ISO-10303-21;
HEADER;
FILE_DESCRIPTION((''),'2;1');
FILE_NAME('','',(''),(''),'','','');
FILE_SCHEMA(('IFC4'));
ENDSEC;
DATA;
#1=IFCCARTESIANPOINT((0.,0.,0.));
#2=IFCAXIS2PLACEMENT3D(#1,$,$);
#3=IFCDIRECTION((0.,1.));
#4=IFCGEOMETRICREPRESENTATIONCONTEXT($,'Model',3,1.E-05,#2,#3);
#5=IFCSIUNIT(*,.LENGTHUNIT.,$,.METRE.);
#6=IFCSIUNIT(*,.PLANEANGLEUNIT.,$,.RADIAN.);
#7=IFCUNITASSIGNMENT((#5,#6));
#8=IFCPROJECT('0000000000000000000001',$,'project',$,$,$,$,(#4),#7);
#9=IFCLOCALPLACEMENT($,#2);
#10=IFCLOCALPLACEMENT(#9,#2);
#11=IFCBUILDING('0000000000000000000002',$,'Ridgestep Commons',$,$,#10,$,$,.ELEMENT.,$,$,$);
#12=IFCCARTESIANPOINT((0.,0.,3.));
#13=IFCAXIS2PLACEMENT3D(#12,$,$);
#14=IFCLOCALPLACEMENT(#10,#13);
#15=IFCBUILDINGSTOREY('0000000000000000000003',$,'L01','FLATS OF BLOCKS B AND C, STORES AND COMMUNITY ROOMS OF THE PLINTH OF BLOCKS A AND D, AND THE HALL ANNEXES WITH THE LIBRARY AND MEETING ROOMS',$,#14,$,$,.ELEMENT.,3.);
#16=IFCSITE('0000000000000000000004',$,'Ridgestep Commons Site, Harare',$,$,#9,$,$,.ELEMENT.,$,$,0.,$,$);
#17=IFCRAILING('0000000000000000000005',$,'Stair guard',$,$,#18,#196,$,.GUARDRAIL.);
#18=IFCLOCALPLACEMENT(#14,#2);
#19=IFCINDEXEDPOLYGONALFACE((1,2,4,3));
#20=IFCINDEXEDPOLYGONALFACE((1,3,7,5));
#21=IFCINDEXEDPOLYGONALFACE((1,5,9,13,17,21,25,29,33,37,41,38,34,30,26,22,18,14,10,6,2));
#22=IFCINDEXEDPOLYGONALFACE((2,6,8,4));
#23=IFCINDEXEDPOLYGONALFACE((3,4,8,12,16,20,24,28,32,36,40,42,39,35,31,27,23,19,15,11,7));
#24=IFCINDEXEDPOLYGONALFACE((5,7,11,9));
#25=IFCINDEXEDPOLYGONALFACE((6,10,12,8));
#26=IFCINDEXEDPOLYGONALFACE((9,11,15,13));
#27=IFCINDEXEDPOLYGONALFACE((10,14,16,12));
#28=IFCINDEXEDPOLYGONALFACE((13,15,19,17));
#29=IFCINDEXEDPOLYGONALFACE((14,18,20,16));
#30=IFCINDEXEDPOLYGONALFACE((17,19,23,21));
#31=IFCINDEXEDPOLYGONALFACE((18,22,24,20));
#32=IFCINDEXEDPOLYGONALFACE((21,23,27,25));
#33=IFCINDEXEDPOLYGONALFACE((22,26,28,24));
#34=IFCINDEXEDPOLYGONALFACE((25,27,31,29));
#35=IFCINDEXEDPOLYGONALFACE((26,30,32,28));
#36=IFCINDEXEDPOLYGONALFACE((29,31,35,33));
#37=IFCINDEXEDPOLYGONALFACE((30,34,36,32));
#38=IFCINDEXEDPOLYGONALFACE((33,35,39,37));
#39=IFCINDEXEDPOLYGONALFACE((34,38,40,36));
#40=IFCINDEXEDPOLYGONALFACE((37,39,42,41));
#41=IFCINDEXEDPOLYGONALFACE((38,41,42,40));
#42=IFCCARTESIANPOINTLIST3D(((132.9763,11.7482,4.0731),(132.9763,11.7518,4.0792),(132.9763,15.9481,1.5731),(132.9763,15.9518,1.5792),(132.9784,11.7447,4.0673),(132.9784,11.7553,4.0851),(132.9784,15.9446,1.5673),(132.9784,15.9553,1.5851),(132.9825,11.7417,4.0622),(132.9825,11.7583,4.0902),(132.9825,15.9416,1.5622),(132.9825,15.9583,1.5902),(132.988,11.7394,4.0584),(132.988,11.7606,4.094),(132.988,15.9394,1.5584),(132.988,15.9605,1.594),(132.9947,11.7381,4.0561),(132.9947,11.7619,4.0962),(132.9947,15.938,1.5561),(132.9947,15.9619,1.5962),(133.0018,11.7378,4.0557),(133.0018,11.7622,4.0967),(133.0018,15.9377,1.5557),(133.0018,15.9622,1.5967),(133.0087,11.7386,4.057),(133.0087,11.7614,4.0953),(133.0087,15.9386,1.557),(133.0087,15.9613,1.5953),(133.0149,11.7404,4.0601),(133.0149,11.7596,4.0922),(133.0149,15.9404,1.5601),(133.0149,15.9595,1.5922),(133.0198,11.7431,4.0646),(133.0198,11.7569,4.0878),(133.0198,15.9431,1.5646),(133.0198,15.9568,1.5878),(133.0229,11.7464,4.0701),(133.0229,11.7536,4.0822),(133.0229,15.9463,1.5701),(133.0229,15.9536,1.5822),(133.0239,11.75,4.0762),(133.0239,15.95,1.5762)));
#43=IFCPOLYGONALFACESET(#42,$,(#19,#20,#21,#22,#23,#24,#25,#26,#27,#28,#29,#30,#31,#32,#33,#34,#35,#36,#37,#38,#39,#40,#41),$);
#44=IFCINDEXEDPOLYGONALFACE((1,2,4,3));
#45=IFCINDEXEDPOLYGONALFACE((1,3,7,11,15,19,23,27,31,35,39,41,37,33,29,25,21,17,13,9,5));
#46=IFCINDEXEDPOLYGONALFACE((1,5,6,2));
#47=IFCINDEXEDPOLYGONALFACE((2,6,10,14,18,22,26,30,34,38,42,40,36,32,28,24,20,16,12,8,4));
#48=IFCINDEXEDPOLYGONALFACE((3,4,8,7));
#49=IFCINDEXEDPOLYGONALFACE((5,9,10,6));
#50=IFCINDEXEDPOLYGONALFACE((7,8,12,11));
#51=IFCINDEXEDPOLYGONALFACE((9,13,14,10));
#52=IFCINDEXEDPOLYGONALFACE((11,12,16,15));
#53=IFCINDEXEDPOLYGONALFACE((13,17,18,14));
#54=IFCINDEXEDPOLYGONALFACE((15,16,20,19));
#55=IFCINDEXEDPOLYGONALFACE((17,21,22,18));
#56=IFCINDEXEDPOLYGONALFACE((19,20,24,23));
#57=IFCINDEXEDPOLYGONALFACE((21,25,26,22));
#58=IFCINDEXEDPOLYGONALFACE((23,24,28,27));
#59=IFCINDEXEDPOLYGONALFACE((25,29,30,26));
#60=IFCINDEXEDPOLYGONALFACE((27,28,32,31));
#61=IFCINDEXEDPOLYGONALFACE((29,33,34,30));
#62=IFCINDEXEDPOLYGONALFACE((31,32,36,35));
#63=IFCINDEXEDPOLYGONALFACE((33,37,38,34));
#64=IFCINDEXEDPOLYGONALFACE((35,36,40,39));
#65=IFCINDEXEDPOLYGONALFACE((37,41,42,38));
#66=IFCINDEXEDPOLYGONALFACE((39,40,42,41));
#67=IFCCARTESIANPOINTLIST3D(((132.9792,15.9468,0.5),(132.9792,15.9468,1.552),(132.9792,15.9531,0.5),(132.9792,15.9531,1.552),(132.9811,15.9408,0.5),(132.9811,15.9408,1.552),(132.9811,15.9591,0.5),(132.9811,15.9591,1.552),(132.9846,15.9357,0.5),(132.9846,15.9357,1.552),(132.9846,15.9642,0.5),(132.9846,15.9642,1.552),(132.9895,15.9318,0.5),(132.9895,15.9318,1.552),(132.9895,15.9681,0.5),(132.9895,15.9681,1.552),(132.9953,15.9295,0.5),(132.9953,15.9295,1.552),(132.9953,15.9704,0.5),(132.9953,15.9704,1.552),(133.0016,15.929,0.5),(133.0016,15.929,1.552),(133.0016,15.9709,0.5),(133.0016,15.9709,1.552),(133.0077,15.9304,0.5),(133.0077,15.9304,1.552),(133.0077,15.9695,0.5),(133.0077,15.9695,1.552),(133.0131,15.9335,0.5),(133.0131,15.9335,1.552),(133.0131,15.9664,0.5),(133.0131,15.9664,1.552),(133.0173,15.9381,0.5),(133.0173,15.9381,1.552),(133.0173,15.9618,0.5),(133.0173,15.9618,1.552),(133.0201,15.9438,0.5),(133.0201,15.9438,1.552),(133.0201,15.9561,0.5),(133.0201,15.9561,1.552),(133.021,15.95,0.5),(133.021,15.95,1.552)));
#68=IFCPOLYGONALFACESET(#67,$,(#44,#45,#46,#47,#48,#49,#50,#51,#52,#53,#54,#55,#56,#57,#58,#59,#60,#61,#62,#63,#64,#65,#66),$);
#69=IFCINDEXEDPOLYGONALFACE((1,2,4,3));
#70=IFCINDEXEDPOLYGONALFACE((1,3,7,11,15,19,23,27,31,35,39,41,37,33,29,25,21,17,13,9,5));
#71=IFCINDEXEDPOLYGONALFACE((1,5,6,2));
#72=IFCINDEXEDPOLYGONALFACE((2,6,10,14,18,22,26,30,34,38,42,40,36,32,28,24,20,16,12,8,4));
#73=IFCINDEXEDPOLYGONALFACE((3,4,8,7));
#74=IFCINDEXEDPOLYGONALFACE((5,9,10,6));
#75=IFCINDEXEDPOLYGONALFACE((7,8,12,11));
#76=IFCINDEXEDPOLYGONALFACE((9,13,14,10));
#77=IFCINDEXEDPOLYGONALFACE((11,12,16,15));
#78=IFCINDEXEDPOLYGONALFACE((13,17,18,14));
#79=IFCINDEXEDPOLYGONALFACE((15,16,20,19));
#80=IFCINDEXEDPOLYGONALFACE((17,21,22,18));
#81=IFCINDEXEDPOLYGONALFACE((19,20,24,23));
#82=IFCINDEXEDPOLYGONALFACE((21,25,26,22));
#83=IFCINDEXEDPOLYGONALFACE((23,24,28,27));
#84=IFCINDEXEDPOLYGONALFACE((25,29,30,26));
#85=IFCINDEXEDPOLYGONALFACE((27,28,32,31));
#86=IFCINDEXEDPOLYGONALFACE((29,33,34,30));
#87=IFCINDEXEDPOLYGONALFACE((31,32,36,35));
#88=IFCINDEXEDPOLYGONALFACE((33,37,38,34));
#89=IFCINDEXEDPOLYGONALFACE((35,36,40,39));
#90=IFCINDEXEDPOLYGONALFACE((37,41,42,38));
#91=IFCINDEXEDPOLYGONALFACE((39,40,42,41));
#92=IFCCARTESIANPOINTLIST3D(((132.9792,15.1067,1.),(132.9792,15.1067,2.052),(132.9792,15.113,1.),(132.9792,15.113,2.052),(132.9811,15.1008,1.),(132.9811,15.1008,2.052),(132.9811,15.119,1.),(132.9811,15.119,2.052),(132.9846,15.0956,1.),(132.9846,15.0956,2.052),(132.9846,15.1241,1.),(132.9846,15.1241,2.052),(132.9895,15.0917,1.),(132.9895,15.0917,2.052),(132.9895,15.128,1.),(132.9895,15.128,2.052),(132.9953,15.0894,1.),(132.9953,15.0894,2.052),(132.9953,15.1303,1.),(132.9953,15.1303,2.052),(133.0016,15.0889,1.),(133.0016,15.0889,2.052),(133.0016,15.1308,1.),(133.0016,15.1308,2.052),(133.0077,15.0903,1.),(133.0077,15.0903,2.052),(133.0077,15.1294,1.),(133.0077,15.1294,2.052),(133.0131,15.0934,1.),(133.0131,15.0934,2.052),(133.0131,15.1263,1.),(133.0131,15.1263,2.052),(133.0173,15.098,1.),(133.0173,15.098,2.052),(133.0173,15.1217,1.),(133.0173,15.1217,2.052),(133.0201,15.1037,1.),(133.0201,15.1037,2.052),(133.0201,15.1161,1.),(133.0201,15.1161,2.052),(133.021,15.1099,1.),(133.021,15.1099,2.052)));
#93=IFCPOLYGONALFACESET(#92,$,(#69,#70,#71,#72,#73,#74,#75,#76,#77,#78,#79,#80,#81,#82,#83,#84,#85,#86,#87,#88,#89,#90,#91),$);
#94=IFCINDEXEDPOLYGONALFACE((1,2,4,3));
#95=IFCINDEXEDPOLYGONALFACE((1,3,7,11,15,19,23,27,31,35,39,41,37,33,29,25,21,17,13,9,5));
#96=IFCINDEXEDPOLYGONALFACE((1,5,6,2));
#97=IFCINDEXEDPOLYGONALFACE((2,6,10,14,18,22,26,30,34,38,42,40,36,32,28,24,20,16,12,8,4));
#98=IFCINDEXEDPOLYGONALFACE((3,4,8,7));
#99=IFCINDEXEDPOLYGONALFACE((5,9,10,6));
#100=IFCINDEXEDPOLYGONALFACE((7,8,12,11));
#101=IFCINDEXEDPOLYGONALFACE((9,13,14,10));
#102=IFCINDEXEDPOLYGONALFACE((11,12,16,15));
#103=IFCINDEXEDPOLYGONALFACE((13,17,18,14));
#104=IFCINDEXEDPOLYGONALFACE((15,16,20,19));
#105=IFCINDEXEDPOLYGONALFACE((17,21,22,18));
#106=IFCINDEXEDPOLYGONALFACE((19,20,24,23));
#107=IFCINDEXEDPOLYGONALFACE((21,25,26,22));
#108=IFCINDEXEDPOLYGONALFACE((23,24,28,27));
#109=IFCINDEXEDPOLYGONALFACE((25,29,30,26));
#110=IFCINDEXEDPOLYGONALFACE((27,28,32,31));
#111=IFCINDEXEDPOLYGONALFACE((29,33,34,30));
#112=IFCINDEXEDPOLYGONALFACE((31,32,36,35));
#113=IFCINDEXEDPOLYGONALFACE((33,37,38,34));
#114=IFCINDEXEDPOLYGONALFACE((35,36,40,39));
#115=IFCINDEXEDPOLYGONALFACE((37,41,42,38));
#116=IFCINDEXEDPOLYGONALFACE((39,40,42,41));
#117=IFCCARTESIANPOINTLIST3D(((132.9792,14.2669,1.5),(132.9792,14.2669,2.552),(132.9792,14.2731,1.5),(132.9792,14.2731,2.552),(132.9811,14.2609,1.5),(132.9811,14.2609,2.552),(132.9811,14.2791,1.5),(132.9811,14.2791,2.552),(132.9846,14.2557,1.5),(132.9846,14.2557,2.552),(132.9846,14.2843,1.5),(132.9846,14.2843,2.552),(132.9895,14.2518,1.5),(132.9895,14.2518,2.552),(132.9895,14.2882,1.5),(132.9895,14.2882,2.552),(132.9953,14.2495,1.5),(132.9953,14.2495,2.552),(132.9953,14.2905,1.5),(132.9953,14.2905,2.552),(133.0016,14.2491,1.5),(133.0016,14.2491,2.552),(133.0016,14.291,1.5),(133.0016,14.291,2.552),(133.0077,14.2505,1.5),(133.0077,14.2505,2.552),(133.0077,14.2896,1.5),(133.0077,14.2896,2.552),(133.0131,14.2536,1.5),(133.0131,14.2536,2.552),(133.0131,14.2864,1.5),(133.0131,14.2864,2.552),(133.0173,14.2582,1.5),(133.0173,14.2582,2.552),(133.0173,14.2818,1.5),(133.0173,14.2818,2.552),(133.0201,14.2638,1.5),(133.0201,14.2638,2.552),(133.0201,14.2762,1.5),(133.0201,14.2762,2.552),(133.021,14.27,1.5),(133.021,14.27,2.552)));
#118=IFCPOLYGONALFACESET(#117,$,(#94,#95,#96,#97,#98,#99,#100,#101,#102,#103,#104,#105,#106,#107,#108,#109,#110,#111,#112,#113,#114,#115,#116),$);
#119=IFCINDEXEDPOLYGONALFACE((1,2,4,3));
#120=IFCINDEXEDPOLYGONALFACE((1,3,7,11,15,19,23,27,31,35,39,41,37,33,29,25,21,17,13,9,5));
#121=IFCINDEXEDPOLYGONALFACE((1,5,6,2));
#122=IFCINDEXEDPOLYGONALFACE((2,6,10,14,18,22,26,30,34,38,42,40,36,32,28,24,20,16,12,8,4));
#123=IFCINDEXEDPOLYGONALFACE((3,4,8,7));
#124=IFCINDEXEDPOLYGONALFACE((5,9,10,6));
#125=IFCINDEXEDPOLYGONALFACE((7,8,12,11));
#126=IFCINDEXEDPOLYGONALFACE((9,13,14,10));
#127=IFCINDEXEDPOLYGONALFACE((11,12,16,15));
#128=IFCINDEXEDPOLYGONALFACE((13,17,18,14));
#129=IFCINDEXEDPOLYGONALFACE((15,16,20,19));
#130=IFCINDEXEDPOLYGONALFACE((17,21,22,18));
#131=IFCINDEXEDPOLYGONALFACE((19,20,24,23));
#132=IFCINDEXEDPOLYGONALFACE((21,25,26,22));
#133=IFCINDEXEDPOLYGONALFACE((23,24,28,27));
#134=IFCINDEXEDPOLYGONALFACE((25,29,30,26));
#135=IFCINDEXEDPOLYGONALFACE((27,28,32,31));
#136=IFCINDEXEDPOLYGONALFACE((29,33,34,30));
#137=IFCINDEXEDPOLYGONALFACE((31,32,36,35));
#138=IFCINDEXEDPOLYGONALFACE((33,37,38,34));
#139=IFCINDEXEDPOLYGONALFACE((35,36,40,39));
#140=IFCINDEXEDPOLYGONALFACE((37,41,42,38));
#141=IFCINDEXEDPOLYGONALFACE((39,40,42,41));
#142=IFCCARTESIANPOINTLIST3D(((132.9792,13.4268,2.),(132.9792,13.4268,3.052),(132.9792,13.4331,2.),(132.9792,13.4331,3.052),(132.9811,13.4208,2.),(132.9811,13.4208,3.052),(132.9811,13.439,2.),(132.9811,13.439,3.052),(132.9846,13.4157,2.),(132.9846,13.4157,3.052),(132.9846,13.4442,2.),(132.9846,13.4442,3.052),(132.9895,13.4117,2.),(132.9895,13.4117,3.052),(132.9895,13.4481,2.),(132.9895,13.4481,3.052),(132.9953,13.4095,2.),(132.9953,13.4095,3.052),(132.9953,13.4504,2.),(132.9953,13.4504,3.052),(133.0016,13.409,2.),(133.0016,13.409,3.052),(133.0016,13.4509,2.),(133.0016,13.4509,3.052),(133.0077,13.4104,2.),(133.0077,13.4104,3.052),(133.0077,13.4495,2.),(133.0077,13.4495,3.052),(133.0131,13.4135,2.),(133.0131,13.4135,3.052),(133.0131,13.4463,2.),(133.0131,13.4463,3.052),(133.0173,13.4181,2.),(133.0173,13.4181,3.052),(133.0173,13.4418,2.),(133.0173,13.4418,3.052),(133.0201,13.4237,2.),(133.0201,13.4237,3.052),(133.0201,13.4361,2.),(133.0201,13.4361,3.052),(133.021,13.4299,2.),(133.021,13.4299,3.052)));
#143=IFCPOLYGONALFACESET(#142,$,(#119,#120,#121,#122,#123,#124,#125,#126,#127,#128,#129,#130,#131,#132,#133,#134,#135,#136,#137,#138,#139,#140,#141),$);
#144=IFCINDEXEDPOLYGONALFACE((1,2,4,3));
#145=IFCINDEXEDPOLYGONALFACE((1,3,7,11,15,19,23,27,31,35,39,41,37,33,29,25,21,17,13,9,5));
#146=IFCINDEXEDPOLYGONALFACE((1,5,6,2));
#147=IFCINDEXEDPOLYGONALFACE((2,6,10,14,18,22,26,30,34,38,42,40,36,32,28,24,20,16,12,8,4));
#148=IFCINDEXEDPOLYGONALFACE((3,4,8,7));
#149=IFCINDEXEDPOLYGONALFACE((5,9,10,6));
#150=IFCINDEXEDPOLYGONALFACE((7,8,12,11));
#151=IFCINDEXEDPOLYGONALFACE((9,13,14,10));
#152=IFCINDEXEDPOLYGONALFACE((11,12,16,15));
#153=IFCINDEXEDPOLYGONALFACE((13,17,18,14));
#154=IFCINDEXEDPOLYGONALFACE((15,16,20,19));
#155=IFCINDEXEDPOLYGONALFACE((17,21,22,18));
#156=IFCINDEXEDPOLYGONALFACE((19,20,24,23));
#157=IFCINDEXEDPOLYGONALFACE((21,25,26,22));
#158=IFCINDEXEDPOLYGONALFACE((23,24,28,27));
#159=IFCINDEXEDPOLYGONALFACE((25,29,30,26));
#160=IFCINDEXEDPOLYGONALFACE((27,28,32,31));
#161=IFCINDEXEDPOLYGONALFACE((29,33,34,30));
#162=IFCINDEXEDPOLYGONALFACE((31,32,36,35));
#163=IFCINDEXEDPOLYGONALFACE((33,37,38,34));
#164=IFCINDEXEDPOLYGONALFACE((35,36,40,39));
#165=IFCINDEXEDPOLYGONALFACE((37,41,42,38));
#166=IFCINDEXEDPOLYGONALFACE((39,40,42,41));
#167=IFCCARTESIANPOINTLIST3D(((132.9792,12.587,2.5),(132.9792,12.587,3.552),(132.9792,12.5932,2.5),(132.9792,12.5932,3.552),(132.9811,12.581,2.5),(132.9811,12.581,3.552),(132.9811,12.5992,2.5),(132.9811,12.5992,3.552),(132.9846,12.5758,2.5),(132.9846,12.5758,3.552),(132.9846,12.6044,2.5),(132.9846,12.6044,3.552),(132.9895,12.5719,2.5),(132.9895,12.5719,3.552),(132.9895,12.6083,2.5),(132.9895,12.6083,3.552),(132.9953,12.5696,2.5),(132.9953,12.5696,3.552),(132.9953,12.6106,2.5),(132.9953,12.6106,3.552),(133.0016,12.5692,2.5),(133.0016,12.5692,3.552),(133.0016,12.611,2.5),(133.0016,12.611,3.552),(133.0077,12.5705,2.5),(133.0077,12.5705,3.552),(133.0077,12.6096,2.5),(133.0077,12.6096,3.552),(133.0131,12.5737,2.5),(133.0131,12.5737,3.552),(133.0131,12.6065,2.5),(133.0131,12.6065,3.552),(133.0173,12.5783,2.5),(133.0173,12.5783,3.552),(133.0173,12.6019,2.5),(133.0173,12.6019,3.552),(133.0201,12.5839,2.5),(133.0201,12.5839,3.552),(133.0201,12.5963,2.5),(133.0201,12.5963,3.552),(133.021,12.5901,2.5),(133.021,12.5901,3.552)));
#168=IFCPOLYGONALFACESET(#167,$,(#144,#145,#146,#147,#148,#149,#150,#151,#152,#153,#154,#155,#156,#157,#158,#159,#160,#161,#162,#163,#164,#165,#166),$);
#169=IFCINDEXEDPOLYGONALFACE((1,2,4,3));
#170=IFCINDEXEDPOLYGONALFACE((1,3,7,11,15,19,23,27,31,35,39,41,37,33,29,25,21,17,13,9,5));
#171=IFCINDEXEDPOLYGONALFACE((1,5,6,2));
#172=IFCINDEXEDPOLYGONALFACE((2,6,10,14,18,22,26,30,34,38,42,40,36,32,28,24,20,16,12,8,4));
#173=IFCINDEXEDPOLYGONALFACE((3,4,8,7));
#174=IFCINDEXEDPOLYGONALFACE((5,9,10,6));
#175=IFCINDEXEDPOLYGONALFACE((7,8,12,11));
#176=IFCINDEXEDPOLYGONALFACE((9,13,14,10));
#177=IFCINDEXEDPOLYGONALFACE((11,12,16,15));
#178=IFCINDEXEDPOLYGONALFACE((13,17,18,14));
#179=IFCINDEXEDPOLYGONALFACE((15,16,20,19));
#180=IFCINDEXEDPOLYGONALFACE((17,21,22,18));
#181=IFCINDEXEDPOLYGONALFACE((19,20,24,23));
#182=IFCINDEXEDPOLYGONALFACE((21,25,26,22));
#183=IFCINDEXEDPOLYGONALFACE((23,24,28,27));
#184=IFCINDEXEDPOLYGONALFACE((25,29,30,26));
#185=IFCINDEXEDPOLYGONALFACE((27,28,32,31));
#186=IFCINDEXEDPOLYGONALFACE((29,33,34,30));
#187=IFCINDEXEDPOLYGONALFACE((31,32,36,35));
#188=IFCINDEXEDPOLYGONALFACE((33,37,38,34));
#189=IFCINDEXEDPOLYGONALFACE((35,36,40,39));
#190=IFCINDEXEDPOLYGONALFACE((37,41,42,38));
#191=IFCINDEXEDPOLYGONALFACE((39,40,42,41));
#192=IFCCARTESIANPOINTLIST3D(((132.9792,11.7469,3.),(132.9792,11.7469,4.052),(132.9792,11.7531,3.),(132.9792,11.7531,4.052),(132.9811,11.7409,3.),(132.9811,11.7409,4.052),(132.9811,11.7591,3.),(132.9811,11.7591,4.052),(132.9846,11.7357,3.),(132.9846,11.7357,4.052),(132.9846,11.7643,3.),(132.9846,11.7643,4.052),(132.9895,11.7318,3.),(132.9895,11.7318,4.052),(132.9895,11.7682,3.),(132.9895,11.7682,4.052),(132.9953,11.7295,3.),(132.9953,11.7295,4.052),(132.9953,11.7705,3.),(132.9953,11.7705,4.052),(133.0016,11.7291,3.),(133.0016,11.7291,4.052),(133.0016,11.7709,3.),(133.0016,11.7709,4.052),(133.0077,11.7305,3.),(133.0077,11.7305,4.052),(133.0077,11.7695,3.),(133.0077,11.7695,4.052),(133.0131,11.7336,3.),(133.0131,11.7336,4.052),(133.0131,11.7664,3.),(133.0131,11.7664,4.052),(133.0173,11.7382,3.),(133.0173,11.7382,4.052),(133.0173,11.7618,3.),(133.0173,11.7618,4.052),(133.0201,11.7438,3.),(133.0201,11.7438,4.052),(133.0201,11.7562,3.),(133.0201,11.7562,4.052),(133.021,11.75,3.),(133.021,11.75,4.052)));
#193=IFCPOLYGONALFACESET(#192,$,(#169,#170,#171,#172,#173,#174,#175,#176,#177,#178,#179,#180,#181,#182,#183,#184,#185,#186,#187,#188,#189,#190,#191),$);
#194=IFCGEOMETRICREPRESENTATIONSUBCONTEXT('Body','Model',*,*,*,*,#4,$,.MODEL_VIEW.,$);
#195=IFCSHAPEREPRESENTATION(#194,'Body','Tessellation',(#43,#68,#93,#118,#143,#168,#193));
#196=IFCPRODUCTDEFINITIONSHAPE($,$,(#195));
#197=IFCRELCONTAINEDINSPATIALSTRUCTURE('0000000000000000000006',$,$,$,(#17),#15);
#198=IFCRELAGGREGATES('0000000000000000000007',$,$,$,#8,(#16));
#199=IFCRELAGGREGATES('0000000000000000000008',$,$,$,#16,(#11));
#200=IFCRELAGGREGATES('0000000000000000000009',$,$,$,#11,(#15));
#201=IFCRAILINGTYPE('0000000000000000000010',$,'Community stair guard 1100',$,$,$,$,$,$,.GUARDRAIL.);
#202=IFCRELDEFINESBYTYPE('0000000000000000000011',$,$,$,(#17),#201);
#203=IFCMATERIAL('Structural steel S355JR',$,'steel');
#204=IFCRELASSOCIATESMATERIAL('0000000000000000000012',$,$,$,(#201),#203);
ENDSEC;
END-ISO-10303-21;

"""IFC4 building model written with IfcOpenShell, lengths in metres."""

from ifc_helpers import new_model, si_unit, direction, frame, origin, origin_2d, place, context, subcontext, project, spatial, circle, extrude, material, type_object, element, save


model = new_model("IFC4")

# Units and contexts
model_context = context("Model", 3, precision=1e-05, world=origin(), true_north=direction((0.0, 1.0)))
body_context = subcontext(model_context, "Body", "Model", "MODEL_VIEW")
ifc_project = project(units=[si_unit("LENGTHUNIT", "METRE"), si_unit("PLANEANGLEUNIT", "RADIAN")], contexts=[model_context])

# Site, building, storey
site_placement = place(None, origin())
site = spatial("IfcSite", under=ifc_project, at=site_placement, Name="Ridgestep Commons Site, Harare", CompositionType="ELEMENT", RefElevation=0.0)
building_placement = place(site_placement, origin())
building = spatial("IfcBuilding", under=site, at=building_placement, Name="Ridgestep Commons", CompositionType="ELEMENT")
storey_placement = place(building_placement, frame((0.0, 0.0, 3.0)))
storey = spatial("IfcBuildingStorey", under=building, at=storey_placement, Name="L01", Description="FLATS OF BLOCKS B AND C, STORES AND COMMUNITY ROOMS OF THE PLINTH OF BLOCKS A AND D, AND THE HALL ANNEXES WITH THE LIBRARY AND MEETING ROOMS", CompositionType="ELEMENT", Elevation=3.0)

# Railing
ifc_material_1 = material(Name="Structural steel S355JR", Category="steel")
railing_type_1 = type_object("IfcRailingType", Name="Community stair guard 1100", PredefinedType="GUARDRAIL", material=ifc_material_1)
for number, where, name in (
    (1, (133.0, 15.95, 0.5), "Stair guard"),
):
    element("IfcRailing", number, at=place(storey_placement, frame(where)), inside=storey, type_object=railing_type_1, Name=name, PredefinedType="GUARDRAIL", context=body_context, shape_type="SweptSolid", body=[
        extrude(circle(Radius=0.0239, at=origin_2d()), frame((0.0, 0.0, 1.0762), z_axis=(0.0, -0.85929, 0.511488), x_axis=(1.0, 0.0, 0.0)), (0.0, 0.0, 1.0), 4.8877),
        extrude(circle(Radius=0.021, at=origin_2d()), origin(), (0.0, 0.0, 1.0), 1.052),
        extrude(circle(Radius=0.021, at=origin_2d()), frame((0.0, -0.8401, 0.5)), (0.0, 0.0, 1.0), 1.052),
        extrude(circle(Radius=0.021, at=origin_2d()), frame((0.0, -1.6799, 1.0)), (0.0, 0.0, 1.0), 1.052),
        extrude(circle(Radius=0.021, at=origin_2d()), frame((0.0, -2.52, 1.5)), (0.0, 0.0, 1.0), 1.052),
        extrude(circle(Radius=0.021, at=origin_2d()), frame((0.0, -3.3599, 2.0)), (0.0, 0.0, 1.0), 1.052),
        extrude(circle(Radius=0.021, at=origin_2d()), frame((0.0, -4.2, 2.5)), (0.0, 0.0, 1.0), 1.052),
    ])

save(model, "model.ifc")
